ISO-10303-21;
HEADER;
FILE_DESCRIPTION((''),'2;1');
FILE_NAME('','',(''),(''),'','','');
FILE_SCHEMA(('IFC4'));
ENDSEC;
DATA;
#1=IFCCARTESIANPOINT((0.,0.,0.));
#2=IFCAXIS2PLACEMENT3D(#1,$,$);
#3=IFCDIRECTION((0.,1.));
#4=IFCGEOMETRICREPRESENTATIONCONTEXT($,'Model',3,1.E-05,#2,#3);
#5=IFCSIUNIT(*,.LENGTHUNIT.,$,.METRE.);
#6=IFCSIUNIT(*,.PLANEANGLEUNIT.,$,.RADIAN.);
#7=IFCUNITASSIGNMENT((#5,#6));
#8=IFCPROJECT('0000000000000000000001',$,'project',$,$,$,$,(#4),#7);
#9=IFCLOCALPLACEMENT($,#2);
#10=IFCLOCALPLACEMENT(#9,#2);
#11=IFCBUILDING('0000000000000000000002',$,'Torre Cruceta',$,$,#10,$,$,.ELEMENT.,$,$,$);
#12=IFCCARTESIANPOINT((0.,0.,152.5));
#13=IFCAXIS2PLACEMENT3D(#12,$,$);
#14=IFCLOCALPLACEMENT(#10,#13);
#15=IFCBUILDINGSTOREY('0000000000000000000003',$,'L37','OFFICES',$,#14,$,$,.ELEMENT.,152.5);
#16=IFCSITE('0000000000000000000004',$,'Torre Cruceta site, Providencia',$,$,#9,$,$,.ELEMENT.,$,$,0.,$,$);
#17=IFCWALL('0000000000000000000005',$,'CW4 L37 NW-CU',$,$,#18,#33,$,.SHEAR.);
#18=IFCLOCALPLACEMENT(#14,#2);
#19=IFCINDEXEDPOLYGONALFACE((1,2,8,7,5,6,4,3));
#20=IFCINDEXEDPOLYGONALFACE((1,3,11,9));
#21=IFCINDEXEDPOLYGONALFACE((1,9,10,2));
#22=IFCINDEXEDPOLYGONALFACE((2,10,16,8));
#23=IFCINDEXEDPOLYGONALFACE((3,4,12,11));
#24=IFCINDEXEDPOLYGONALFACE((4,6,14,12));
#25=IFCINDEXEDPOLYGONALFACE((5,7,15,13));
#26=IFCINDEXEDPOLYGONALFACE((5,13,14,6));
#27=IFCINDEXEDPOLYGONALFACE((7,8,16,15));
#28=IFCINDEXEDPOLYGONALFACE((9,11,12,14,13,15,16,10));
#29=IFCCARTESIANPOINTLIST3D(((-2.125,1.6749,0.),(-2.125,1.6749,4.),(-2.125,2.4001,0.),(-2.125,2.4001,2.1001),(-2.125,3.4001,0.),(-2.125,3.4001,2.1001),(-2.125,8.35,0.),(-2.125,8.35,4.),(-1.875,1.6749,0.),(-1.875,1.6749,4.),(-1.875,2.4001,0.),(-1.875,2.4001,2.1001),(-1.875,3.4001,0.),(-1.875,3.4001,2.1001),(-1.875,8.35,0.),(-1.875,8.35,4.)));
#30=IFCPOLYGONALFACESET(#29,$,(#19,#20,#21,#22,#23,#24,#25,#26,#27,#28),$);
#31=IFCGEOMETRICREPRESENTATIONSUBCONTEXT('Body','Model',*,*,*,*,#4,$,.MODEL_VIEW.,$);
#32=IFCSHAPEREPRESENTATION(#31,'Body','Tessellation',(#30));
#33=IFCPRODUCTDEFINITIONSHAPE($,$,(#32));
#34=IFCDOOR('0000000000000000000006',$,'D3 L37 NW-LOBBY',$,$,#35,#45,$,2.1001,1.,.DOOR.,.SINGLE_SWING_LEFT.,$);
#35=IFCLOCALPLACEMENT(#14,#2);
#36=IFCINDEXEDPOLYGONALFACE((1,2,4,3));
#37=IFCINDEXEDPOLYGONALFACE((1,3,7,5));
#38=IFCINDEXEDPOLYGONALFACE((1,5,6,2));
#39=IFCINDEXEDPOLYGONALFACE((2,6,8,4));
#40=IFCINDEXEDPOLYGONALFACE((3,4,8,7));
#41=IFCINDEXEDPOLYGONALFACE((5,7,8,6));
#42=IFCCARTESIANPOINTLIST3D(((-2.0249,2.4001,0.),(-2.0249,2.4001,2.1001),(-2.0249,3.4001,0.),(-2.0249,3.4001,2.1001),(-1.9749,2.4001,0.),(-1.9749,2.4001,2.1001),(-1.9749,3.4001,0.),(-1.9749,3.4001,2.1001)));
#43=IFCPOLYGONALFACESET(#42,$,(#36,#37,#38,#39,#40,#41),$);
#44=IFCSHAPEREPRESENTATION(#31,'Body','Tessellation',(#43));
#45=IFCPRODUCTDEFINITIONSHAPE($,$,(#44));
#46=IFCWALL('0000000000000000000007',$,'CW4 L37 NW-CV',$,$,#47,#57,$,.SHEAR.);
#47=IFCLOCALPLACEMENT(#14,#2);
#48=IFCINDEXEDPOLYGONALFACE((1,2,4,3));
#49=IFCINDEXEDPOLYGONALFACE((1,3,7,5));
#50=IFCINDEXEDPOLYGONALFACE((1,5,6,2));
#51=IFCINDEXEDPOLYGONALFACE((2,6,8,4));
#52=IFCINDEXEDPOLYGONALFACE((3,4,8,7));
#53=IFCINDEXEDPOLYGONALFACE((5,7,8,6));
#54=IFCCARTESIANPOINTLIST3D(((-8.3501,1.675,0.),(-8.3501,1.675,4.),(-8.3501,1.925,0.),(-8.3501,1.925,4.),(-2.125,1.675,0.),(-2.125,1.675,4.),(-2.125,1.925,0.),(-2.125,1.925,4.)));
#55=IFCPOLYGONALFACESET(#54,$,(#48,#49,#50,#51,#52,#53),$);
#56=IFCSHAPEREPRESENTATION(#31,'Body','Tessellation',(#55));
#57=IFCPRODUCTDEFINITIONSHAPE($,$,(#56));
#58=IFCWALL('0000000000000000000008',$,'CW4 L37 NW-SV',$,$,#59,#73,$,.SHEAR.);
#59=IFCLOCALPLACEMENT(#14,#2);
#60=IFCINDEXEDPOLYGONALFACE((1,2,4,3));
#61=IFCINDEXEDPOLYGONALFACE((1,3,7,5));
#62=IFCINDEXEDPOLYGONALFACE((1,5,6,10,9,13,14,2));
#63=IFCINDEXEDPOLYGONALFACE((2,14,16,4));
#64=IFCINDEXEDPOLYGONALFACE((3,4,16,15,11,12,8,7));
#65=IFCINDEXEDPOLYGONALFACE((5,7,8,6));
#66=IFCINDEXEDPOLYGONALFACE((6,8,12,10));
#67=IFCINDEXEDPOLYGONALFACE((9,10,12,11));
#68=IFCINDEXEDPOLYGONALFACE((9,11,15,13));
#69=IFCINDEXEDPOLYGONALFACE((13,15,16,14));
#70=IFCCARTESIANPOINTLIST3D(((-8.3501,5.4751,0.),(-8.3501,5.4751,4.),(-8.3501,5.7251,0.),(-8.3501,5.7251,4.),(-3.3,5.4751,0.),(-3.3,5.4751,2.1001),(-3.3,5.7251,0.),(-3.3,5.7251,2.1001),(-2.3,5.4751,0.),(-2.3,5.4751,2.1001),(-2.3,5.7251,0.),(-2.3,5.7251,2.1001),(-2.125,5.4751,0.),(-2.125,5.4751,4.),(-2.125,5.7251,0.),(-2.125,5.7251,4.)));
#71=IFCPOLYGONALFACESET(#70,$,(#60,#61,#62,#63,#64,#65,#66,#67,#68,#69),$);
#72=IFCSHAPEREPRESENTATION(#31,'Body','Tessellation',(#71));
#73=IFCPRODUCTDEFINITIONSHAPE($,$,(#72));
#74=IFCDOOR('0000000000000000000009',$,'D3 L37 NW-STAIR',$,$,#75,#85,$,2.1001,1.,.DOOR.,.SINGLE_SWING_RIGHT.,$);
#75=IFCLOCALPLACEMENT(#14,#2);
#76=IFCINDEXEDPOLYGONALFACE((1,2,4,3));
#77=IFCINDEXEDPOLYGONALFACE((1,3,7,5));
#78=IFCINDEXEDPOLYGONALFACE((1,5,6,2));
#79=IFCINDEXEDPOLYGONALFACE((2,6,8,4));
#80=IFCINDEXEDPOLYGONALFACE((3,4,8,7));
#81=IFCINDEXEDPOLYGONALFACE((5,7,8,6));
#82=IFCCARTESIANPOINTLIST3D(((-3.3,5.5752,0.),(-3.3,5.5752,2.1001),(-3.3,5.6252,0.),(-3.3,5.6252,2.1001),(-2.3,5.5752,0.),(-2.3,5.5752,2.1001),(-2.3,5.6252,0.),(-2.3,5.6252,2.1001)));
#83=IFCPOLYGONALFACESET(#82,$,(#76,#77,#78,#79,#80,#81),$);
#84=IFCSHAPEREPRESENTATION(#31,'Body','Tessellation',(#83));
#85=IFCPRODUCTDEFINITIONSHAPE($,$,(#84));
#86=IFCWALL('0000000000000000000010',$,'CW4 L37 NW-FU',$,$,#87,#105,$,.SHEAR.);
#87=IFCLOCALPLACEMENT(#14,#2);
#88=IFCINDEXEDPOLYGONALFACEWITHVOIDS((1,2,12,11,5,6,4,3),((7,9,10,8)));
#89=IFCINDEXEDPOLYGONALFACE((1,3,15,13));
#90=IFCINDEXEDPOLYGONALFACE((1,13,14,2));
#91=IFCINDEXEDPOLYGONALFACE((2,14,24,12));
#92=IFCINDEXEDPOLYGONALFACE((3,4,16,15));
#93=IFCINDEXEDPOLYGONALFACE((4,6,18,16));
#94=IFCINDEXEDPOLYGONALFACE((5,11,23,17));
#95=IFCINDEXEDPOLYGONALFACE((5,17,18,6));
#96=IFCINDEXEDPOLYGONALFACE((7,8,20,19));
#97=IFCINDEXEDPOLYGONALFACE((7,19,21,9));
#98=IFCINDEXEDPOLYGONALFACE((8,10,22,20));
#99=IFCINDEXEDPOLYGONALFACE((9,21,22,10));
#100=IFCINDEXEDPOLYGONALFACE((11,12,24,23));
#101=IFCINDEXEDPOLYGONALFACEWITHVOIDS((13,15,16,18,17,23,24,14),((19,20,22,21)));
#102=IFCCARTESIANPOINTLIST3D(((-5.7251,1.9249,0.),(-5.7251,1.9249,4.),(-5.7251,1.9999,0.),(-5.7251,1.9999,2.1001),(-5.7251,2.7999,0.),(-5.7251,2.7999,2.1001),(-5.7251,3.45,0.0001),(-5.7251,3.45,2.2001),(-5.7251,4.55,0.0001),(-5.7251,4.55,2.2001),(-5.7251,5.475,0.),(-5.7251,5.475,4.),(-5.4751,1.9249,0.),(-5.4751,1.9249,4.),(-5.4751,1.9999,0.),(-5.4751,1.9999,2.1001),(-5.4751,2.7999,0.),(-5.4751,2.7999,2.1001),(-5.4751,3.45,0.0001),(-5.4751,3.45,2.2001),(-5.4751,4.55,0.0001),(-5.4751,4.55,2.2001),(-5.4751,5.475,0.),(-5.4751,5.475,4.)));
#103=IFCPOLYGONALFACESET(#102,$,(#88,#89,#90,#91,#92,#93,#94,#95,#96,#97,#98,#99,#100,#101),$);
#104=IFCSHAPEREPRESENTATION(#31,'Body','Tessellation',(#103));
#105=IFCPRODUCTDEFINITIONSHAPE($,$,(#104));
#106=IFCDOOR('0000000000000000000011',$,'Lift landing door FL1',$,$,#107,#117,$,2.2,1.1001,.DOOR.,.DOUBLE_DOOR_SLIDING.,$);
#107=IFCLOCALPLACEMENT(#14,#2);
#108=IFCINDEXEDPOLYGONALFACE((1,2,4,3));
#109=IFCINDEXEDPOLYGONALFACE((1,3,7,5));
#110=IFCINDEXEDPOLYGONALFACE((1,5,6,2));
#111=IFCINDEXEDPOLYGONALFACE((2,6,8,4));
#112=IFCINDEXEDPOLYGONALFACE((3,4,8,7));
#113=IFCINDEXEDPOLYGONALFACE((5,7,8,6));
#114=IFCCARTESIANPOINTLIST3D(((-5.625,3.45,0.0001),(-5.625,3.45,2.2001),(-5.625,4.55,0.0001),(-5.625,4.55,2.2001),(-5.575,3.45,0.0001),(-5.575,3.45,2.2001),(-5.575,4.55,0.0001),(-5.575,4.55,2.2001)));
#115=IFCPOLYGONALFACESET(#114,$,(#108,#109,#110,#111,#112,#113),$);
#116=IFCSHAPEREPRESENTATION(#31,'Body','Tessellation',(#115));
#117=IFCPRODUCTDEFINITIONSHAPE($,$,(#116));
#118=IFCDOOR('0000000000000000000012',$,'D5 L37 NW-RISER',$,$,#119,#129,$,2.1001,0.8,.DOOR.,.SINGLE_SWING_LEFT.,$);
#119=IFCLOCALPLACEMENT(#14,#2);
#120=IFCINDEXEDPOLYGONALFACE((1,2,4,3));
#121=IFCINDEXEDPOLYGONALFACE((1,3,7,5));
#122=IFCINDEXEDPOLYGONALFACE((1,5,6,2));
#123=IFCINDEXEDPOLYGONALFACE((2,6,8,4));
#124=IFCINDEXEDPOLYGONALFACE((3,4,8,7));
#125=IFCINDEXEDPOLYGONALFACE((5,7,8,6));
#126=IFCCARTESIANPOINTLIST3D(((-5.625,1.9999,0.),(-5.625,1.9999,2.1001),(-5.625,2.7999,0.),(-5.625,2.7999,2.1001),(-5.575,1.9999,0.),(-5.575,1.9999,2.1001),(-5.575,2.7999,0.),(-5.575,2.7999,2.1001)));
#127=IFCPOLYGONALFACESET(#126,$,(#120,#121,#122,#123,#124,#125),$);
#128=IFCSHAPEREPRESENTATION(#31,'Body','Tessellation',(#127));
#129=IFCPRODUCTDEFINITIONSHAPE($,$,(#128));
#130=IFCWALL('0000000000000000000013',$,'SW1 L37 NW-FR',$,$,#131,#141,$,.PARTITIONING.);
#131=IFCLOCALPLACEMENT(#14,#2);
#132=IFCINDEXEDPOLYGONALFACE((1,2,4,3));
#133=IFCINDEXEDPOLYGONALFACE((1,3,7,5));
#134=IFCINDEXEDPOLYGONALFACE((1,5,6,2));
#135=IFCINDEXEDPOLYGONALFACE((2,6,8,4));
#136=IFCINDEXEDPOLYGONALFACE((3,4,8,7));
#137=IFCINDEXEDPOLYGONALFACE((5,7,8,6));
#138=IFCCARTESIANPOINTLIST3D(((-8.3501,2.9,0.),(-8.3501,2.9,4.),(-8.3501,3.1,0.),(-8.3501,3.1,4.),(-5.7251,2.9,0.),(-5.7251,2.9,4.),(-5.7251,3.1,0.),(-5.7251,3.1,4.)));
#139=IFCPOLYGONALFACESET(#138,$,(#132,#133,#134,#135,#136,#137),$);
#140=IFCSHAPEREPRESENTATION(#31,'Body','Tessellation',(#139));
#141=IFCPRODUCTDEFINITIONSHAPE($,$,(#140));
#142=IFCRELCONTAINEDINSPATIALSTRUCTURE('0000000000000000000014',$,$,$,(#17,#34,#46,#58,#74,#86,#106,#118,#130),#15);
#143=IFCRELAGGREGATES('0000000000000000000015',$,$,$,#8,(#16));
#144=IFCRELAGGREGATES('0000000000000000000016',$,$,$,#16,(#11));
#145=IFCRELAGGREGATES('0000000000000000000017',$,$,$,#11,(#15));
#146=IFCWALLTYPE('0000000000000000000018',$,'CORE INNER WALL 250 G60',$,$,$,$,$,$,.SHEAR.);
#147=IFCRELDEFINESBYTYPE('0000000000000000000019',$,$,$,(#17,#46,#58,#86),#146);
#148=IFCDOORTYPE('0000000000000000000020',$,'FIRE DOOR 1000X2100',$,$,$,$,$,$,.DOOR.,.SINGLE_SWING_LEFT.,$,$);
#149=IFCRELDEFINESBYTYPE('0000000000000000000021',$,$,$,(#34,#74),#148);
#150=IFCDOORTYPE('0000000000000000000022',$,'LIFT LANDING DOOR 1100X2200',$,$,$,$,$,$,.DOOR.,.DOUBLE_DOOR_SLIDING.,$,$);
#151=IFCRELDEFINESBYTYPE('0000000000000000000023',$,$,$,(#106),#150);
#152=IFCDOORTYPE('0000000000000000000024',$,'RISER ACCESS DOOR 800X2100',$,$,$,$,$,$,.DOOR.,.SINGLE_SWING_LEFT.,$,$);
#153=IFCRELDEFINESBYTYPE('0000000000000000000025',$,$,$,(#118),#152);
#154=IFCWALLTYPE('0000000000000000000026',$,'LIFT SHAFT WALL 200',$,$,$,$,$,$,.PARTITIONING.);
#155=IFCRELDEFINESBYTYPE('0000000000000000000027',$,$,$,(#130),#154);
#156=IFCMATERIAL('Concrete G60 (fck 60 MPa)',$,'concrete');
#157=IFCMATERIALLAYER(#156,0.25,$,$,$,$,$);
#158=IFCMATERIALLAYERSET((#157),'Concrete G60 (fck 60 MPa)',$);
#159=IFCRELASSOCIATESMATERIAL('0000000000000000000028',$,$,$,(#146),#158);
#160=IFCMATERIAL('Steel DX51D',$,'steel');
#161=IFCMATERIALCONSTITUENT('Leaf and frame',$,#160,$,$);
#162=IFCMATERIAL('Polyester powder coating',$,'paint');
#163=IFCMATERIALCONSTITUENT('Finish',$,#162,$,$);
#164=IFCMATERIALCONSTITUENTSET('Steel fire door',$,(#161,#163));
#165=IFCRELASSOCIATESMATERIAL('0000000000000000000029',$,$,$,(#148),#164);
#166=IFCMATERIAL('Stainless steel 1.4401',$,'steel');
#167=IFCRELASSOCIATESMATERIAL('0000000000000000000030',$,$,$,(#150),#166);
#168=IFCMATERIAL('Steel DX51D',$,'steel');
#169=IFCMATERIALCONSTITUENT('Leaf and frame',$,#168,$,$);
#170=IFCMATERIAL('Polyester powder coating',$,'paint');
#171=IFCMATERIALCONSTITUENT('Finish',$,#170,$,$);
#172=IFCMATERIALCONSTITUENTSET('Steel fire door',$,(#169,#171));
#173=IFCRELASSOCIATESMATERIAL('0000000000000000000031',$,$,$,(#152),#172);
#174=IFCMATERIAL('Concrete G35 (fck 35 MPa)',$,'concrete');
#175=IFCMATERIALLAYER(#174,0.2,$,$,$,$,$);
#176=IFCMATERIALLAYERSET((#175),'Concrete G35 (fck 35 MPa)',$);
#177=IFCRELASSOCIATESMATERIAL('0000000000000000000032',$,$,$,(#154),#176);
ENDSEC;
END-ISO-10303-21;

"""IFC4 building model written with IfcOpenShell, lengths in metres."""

from ifc_helpers import new_model, si_unit, direction, frame, frame_2d, origin, place, context, subcontext, project, spatial, rectangle, extrude, material, layer, layer_set, constituent, constituent_set, type_object, element, fill, save


model = new_model("IFC4")

# Units and contexts
model_context = context("Model", 3, precision=1e-05, world=origin(), true_north=direction((0.0, 1.0)))
body_context = subcontext(model_context, "Body", "Model", "MODEL_VIEW")
ifc_project = project(units=[si_unit("LENGTHUNIT", "METRE"), si_unit("PLANEANGLEUNIT", "RADIAN")], contexts=[model_context])

# Site, building, storey
site_placement = place(None, origin())
site = spatial("IfcSite", under=ifc_project, at=site_placement, Name="Torre Cruceta site, Providencia", CompositionType="ELEMENT", RefElevation=0.0)
building_placement = place(site_placement, origin())
building = spatial("IfcBuilding", under=site, at=building_placement, Name="Torre Cruceta", CompositionType="ELEMENT")
storey_placement = place(building_placement, frame((0.0, 0.0, 152.5)))
storey = spatial("IfcBuildingStorey", under=building, at=storey_placement, Name="L37", Description="OFFICES", CompositionType="ELEMENT", Elevation=152.5)

# Wall, opening, door
ifc_material_1 = material(Name="Concrete G60 (fck 60 MPa)", Category="concrete")
ifc_layer_1 = layer(ifc_material_1, 0.25)
ifc_layer_set_1 = layer_set([ifc_layer_1], Name="Concrete G60 (fck 60 MPa)")
wall_type_1 = type_object("IfcWallType", Name="CORE INNER WALL 250 G60", PredefinedType="SHEAR", material=ifc_layer_set_1)
wall_1_placement = place(storey_placement, frame((-2.0, 1.675, 0.0), z_axis=(0.0, 0.0, 1.0), x_axis=(0.0, 1.0, 0.0)))
wall_1 = element("IfcWall", 1, at=wall_1_placement, inside=storey, type_object=wall_type_1, Name="CW4 L37 NW-CU", PredefinedType="SHEAR", context=body_context, shape_type="SweptSolid", body=[
    extrude(rectangle(XDim=6.675, YDim=0.25, at=frame_2d((3.3374, 0.0))), origin(), (0.0, 0.0, 1.0), 4.0),
])
opening_1_placement = place(wall_1_placement, frame((0.7251, 0.0, 0.0)))
opening_1 = element("IfcOpeningElement", 2, at=opening_1_placement, cuts=wall_1, PredefinedType="OPENING", context=body_context, shape_type="SweptSolid", body=[
    extrude(rectangle(XDim=1.0, YDim=2.1001, at=frame_2d((0.5, 1.05))), frame((0.0, 0.135, 0.0), z_axis=(0.0, -1.0, 0.0), x_axis=(1.0, 0.0, 0.0)), (0.0, 0.0, 1.0), 0.27),
])
ifc_material_2 = material(Name="Steel DX51D", Category="steel")
ifc_constituent_1 = constituent(ifc_material_2, Name="Leaf and frame")
ifc_material_3 = material(Name="Polyester powder coating", Category="paint")
ifc_constituent_2 = constituent(ifc_material_3, Name="Finish")
ifc_constituent_set_1 = constituent_set(constituents=[ifc_constituent_1, ifc_constituent_2], Name="Steel fire door")
door_type_1 = type_object("IfcDoorType", Name="FIRE DOOR 1000X2100", OperationType="SINGLE_SWING_LEFT", PredefinedType="DOOR", material=ifc_constituent_set_1)
door_1_placement = place(opening_1_placement, origin())
door_1 = element("IfcDoor", 3, at=door_1_placement, inside=storey, type_object=door_type_1, Name="D3 L37 NW-LOBBY", OperationType="SINGLE_SWING_LEFT", OverallHeight=2.1001, OverallWidth=1.0, PredefinedType="DOOR", context=body_context, shape_type="SweptSolid", body=[
    extrude(rectangle(XDim=1.0, YDim=2.1001, at=frame_2d((0.5, 1.05))), frame((0.0, 0.0249, 0.0), z_axis=(0.0, -1.0, 0.0), x_axis=(1.0, 0.0, 0.0)), (0.0, 0.0, 1.0), 0.05),
])
fill(opening_1, door_1)

# Wall
wall_2_placement = place(storey_placement, frame((-2.125, 1.8, 0.0), z_axis=(0.0, 0.0, 1.0), x_axis=(-1.0, 0.0, 0.0)))
element("IfcWall", 4, at=wall_2_placement, inside=storey, type_object=wall_type_1, Name="CW4 L37 NW-CV", PredefinedType="SHEAR", context=body_context, shape_type="SweptSolid", body=[
    extrude(rectangle(XDim=6.2251, YDim=0.25, at=frame_2d((3.1125, 0.0))), origin(), (0.0, 0.0, 1.0), 4.0),
])

# Wall, opening, door
wall_3_placement = place(storey_placement, frame((-2.125, 5.6001, 0.0), z_axis=(0.0, 0.0, 1.0), x_axis=(-1.0, 0.0, 0.0)))
wall_3 = element("IfcWall", 5, at=wall_3_placement, inside=storey, type_object=wall_type_1, Name="CW4 L37 NW-SV", PredefinedType="SHEAR", context=body_context, shape_type="SweptSolid", body=[
    extrude(rectangle(XDim=6.2251, YDim=0.25, at=frame_2d((3.1125, 0.0))), origin(), (0.0, 0.0, 1.0), 4.0),
])
opening_2_placement = place(wall_3_placement, frame((0.175, 0.0, 0.0)))
opening_2 = element("IfcOpeningElement", 6, at=opening_2_placement, cuts=wall_3, PredefinedType="OPENING", context=body_context, shape_type="SweptSolid", body=[
    extrude(rectangle(XDim=1.0, YDim=2.1001, at=frame_2d((0.5, 1.05))), frame((0.0, 0.135, 0.0), z_axis=(0.0, -1.0, 0.0), x_axis=(1.0, 0.0, 0.0)), (0.0, 0.0, 1.0), 0.27),
])
door_2_placement = place(opening_2_placement, frame((1.0, 0.0, 0.0), z_axis=(0.0, 0.0, 1.0), x_axis=(-1.0, 0.0, 0.0)))
door_2 = element("IfcDoor", 7, at=door_2_placement, inside=storey, type_object=door_type_1, Name="D3 L37 NW-STAIR", OperationType="SINGLE_SWING_RIGHT", OverallHeight=2.1001, OverallWidth=1.0, PredefinedType="DOOR", context=body_context, shape_type="SweptSolid", body=[
    extrude(rectangle(XDim=1.0, YDim=2.1001, at=frame_2d((0.5, 1.05))), frame((0.0, 0.0251, 0.0), z_axis=(0.0, -1.0, 0.0), x_axis=(1.0, 0.0, 0.0)), (0.0, 0.0, 1.0), 0.05),
])
fill(opening_2, door_2)

# Wall, openings, doors
wall_4_placement = place(storey_placement, frame((-5.6001, 1.925, 0.0), z_axis=(0.0, 0.0, 1.0), x_axis=(0.0, 1.0, 0.0)))
wall_4 = element("IfcWall", 8, at=wall_4_placement, inside=storey, type_object=wall_type_1, Name="CW4 L37 NW-FU", PredefinedType="SHEAR", context=body_context, shape_type="SweptSolid", body=[
    extrude(rectangle(XDim=3.55, YDim=0.25, at=frame_2d((1.7749, 0.0))), origin(), (0.0, 0.0, 1.0), 4.0),
])
opening_3_placement = place(wall_4_placement, frame((1.5249, 0.0, 0.0)))
opening_3 = element("IfcOpeningElement", 9, at=opening_3_placement, cuts=wall_4, PredefinedType="OPENING", context=body_context, shape_type="SweptSolid", body=[
    extrude(rectangle(XDim=1.1001, YDim=2.2, at=frame_2d((0.55, 1.1001))), frame((0.0, 0.135, 0.0), z_axis=(0.0, -1.0, 0.0), x_axis=(1.0, 0.0, 0.0)), (0.0, 0.0, 1.0), 0.27),
])
opening_4_placement = place(wall_4_placement, frame((0.075, 0.0, 0.0)))
opening_4 = element("IfcOpeningElement", 10, at=opening_4_placement, cuts=wall_4, PredefinedType="OPENING", context=body_context, shape_type="SweptSolid", body=[
    extrude(rectangle(XDim=0.8, YDim=2.1001, at=frame_2d((0.3999, 1.05))), frame((0.0, 0.135, 0.0), z_axis=(0.0, -1.0, 0.0), x_axis=(1.0, 0.0, 0.0)), (0.0, 0.0, 1.0), 0.27),
])
ifc_material_4 = material(Name="Stainless steel 1.4401", Category="steel")
door_type_2 = type_object("IfcDoorType", Name="LIFT LANDING DOOR 1100X2200", OperationType="DOUBLE_DOOR_SLIDING", PredefinedType="DOOR", material=ifc_material_4)
door_3_placement = place(opening_3_placement, origin())
door_3 = element("IfcDoor", 11, at=door_3_placement, inside=storey, type_object=door_type_2, Name="Lift landing door FL1", OperationType="DOUBLE_DOOR_SLIDING", OverallHeight=2.2, OverallWidth=1.1001, PredefinedType="DOOR", context=body_context, shape_type="SweptSolid", body=[
    extrude(rectangle(XDim=1.1001, YDim=2.2, at=frame_2d((0.55, 1.1001))), frame((0.0, 0.0249, 0.0), z_axis=(0.0, -1.0, 0.0), x_axis=(1.0, 0.0, 0.0)), (0.0, 0.0, 1.0), 0.05),
])
fill(opening_3, door_3)
ifc_material_5 = material(Name="Steel DX51D", Category="steel")
ifc_constituent_3 = constituent(ifc_material_5, Name="Leaf and frame")
ifc_material_6 = material(Name="Polyester powder coating", Category="paint")
ifc_constituent_4 = constituent(ifc_material_6, Name="Finish")
ifc_constituent_set_2 = constituent_set(constituents=[ifc_constituent_3, ifc_constituent_4], Name="Steel fire door")
door_type_3 = type_object("IfcDoorType", Name="RISER ACCESS DOOR 800X2100", OperationType="SINGLE_SWING_LEFT", PredefinedType="DOOR", material=ifc_constituent_set_2)
door_4_placement = place(opening_4_placement, origin())
door_4 = element("IfcDoor", 12, at=door_4_placement, inside=storey, type_object=door_type_3, Name="D5 L37 NW-RISER", OperationType="SINGLE_SWING_LEFT", OverallHeight=2.1001, OverallWidth=0.8, PredefinedType="DOOR", context=body_context, shape_type="SweptSolid", body=[
    extrude(rectangle(XDim=0.8, YDim=2.1001, at=frame_2d((0.3999, 1.05))), frame((0.0, 0.0249, 0.0), z_axis=(0.0, -1.0, 0.0), x_axis=(1.0, 0.0, 0.0)), (0.0, 0.0, 1.0), 0.05),
])
fill(opening_4, door_4)

# Wall
ifc_material_7 = material(Name="Concrete G35 (fck 35 MPa)", Category="concrete")
ifc_layer_2 = layer(ifc_material_7, 0.2)
ifc_layer_set_2 = layer_set([ifc_layer_2], Name="Concrete G35 (fck 35 MPa)")
wall_type_2 = type_object("IfcWallType", Name="LIFT SHAFT WALL 200", PredefinedType="PARTITIONING", material=ifc_layer_set_2)
wall_5_placement = place(storey_placement, frame((-5.7251, 3.0, 0.0), z_axis=(0.0, 0.0, 1.0), x_axis=(-1.0, 0.0, 0.0)))
element("IfcWall", 13, at=wall_5_placement, inside=storey, type_object=wall_type_2, Name="SW1 L37 NW-FR", PredefinedType="PARTITIONING", context=body_context, shape_type="SweptSolid", body=[
    extrude(rectangle(XDim=2.625, YDim=0.2, at=frame_2d((1.3125, 0.0))), origin(), (0.0, 0.0, 1.0), 4.0),
])

save(model, "model.ifc")
